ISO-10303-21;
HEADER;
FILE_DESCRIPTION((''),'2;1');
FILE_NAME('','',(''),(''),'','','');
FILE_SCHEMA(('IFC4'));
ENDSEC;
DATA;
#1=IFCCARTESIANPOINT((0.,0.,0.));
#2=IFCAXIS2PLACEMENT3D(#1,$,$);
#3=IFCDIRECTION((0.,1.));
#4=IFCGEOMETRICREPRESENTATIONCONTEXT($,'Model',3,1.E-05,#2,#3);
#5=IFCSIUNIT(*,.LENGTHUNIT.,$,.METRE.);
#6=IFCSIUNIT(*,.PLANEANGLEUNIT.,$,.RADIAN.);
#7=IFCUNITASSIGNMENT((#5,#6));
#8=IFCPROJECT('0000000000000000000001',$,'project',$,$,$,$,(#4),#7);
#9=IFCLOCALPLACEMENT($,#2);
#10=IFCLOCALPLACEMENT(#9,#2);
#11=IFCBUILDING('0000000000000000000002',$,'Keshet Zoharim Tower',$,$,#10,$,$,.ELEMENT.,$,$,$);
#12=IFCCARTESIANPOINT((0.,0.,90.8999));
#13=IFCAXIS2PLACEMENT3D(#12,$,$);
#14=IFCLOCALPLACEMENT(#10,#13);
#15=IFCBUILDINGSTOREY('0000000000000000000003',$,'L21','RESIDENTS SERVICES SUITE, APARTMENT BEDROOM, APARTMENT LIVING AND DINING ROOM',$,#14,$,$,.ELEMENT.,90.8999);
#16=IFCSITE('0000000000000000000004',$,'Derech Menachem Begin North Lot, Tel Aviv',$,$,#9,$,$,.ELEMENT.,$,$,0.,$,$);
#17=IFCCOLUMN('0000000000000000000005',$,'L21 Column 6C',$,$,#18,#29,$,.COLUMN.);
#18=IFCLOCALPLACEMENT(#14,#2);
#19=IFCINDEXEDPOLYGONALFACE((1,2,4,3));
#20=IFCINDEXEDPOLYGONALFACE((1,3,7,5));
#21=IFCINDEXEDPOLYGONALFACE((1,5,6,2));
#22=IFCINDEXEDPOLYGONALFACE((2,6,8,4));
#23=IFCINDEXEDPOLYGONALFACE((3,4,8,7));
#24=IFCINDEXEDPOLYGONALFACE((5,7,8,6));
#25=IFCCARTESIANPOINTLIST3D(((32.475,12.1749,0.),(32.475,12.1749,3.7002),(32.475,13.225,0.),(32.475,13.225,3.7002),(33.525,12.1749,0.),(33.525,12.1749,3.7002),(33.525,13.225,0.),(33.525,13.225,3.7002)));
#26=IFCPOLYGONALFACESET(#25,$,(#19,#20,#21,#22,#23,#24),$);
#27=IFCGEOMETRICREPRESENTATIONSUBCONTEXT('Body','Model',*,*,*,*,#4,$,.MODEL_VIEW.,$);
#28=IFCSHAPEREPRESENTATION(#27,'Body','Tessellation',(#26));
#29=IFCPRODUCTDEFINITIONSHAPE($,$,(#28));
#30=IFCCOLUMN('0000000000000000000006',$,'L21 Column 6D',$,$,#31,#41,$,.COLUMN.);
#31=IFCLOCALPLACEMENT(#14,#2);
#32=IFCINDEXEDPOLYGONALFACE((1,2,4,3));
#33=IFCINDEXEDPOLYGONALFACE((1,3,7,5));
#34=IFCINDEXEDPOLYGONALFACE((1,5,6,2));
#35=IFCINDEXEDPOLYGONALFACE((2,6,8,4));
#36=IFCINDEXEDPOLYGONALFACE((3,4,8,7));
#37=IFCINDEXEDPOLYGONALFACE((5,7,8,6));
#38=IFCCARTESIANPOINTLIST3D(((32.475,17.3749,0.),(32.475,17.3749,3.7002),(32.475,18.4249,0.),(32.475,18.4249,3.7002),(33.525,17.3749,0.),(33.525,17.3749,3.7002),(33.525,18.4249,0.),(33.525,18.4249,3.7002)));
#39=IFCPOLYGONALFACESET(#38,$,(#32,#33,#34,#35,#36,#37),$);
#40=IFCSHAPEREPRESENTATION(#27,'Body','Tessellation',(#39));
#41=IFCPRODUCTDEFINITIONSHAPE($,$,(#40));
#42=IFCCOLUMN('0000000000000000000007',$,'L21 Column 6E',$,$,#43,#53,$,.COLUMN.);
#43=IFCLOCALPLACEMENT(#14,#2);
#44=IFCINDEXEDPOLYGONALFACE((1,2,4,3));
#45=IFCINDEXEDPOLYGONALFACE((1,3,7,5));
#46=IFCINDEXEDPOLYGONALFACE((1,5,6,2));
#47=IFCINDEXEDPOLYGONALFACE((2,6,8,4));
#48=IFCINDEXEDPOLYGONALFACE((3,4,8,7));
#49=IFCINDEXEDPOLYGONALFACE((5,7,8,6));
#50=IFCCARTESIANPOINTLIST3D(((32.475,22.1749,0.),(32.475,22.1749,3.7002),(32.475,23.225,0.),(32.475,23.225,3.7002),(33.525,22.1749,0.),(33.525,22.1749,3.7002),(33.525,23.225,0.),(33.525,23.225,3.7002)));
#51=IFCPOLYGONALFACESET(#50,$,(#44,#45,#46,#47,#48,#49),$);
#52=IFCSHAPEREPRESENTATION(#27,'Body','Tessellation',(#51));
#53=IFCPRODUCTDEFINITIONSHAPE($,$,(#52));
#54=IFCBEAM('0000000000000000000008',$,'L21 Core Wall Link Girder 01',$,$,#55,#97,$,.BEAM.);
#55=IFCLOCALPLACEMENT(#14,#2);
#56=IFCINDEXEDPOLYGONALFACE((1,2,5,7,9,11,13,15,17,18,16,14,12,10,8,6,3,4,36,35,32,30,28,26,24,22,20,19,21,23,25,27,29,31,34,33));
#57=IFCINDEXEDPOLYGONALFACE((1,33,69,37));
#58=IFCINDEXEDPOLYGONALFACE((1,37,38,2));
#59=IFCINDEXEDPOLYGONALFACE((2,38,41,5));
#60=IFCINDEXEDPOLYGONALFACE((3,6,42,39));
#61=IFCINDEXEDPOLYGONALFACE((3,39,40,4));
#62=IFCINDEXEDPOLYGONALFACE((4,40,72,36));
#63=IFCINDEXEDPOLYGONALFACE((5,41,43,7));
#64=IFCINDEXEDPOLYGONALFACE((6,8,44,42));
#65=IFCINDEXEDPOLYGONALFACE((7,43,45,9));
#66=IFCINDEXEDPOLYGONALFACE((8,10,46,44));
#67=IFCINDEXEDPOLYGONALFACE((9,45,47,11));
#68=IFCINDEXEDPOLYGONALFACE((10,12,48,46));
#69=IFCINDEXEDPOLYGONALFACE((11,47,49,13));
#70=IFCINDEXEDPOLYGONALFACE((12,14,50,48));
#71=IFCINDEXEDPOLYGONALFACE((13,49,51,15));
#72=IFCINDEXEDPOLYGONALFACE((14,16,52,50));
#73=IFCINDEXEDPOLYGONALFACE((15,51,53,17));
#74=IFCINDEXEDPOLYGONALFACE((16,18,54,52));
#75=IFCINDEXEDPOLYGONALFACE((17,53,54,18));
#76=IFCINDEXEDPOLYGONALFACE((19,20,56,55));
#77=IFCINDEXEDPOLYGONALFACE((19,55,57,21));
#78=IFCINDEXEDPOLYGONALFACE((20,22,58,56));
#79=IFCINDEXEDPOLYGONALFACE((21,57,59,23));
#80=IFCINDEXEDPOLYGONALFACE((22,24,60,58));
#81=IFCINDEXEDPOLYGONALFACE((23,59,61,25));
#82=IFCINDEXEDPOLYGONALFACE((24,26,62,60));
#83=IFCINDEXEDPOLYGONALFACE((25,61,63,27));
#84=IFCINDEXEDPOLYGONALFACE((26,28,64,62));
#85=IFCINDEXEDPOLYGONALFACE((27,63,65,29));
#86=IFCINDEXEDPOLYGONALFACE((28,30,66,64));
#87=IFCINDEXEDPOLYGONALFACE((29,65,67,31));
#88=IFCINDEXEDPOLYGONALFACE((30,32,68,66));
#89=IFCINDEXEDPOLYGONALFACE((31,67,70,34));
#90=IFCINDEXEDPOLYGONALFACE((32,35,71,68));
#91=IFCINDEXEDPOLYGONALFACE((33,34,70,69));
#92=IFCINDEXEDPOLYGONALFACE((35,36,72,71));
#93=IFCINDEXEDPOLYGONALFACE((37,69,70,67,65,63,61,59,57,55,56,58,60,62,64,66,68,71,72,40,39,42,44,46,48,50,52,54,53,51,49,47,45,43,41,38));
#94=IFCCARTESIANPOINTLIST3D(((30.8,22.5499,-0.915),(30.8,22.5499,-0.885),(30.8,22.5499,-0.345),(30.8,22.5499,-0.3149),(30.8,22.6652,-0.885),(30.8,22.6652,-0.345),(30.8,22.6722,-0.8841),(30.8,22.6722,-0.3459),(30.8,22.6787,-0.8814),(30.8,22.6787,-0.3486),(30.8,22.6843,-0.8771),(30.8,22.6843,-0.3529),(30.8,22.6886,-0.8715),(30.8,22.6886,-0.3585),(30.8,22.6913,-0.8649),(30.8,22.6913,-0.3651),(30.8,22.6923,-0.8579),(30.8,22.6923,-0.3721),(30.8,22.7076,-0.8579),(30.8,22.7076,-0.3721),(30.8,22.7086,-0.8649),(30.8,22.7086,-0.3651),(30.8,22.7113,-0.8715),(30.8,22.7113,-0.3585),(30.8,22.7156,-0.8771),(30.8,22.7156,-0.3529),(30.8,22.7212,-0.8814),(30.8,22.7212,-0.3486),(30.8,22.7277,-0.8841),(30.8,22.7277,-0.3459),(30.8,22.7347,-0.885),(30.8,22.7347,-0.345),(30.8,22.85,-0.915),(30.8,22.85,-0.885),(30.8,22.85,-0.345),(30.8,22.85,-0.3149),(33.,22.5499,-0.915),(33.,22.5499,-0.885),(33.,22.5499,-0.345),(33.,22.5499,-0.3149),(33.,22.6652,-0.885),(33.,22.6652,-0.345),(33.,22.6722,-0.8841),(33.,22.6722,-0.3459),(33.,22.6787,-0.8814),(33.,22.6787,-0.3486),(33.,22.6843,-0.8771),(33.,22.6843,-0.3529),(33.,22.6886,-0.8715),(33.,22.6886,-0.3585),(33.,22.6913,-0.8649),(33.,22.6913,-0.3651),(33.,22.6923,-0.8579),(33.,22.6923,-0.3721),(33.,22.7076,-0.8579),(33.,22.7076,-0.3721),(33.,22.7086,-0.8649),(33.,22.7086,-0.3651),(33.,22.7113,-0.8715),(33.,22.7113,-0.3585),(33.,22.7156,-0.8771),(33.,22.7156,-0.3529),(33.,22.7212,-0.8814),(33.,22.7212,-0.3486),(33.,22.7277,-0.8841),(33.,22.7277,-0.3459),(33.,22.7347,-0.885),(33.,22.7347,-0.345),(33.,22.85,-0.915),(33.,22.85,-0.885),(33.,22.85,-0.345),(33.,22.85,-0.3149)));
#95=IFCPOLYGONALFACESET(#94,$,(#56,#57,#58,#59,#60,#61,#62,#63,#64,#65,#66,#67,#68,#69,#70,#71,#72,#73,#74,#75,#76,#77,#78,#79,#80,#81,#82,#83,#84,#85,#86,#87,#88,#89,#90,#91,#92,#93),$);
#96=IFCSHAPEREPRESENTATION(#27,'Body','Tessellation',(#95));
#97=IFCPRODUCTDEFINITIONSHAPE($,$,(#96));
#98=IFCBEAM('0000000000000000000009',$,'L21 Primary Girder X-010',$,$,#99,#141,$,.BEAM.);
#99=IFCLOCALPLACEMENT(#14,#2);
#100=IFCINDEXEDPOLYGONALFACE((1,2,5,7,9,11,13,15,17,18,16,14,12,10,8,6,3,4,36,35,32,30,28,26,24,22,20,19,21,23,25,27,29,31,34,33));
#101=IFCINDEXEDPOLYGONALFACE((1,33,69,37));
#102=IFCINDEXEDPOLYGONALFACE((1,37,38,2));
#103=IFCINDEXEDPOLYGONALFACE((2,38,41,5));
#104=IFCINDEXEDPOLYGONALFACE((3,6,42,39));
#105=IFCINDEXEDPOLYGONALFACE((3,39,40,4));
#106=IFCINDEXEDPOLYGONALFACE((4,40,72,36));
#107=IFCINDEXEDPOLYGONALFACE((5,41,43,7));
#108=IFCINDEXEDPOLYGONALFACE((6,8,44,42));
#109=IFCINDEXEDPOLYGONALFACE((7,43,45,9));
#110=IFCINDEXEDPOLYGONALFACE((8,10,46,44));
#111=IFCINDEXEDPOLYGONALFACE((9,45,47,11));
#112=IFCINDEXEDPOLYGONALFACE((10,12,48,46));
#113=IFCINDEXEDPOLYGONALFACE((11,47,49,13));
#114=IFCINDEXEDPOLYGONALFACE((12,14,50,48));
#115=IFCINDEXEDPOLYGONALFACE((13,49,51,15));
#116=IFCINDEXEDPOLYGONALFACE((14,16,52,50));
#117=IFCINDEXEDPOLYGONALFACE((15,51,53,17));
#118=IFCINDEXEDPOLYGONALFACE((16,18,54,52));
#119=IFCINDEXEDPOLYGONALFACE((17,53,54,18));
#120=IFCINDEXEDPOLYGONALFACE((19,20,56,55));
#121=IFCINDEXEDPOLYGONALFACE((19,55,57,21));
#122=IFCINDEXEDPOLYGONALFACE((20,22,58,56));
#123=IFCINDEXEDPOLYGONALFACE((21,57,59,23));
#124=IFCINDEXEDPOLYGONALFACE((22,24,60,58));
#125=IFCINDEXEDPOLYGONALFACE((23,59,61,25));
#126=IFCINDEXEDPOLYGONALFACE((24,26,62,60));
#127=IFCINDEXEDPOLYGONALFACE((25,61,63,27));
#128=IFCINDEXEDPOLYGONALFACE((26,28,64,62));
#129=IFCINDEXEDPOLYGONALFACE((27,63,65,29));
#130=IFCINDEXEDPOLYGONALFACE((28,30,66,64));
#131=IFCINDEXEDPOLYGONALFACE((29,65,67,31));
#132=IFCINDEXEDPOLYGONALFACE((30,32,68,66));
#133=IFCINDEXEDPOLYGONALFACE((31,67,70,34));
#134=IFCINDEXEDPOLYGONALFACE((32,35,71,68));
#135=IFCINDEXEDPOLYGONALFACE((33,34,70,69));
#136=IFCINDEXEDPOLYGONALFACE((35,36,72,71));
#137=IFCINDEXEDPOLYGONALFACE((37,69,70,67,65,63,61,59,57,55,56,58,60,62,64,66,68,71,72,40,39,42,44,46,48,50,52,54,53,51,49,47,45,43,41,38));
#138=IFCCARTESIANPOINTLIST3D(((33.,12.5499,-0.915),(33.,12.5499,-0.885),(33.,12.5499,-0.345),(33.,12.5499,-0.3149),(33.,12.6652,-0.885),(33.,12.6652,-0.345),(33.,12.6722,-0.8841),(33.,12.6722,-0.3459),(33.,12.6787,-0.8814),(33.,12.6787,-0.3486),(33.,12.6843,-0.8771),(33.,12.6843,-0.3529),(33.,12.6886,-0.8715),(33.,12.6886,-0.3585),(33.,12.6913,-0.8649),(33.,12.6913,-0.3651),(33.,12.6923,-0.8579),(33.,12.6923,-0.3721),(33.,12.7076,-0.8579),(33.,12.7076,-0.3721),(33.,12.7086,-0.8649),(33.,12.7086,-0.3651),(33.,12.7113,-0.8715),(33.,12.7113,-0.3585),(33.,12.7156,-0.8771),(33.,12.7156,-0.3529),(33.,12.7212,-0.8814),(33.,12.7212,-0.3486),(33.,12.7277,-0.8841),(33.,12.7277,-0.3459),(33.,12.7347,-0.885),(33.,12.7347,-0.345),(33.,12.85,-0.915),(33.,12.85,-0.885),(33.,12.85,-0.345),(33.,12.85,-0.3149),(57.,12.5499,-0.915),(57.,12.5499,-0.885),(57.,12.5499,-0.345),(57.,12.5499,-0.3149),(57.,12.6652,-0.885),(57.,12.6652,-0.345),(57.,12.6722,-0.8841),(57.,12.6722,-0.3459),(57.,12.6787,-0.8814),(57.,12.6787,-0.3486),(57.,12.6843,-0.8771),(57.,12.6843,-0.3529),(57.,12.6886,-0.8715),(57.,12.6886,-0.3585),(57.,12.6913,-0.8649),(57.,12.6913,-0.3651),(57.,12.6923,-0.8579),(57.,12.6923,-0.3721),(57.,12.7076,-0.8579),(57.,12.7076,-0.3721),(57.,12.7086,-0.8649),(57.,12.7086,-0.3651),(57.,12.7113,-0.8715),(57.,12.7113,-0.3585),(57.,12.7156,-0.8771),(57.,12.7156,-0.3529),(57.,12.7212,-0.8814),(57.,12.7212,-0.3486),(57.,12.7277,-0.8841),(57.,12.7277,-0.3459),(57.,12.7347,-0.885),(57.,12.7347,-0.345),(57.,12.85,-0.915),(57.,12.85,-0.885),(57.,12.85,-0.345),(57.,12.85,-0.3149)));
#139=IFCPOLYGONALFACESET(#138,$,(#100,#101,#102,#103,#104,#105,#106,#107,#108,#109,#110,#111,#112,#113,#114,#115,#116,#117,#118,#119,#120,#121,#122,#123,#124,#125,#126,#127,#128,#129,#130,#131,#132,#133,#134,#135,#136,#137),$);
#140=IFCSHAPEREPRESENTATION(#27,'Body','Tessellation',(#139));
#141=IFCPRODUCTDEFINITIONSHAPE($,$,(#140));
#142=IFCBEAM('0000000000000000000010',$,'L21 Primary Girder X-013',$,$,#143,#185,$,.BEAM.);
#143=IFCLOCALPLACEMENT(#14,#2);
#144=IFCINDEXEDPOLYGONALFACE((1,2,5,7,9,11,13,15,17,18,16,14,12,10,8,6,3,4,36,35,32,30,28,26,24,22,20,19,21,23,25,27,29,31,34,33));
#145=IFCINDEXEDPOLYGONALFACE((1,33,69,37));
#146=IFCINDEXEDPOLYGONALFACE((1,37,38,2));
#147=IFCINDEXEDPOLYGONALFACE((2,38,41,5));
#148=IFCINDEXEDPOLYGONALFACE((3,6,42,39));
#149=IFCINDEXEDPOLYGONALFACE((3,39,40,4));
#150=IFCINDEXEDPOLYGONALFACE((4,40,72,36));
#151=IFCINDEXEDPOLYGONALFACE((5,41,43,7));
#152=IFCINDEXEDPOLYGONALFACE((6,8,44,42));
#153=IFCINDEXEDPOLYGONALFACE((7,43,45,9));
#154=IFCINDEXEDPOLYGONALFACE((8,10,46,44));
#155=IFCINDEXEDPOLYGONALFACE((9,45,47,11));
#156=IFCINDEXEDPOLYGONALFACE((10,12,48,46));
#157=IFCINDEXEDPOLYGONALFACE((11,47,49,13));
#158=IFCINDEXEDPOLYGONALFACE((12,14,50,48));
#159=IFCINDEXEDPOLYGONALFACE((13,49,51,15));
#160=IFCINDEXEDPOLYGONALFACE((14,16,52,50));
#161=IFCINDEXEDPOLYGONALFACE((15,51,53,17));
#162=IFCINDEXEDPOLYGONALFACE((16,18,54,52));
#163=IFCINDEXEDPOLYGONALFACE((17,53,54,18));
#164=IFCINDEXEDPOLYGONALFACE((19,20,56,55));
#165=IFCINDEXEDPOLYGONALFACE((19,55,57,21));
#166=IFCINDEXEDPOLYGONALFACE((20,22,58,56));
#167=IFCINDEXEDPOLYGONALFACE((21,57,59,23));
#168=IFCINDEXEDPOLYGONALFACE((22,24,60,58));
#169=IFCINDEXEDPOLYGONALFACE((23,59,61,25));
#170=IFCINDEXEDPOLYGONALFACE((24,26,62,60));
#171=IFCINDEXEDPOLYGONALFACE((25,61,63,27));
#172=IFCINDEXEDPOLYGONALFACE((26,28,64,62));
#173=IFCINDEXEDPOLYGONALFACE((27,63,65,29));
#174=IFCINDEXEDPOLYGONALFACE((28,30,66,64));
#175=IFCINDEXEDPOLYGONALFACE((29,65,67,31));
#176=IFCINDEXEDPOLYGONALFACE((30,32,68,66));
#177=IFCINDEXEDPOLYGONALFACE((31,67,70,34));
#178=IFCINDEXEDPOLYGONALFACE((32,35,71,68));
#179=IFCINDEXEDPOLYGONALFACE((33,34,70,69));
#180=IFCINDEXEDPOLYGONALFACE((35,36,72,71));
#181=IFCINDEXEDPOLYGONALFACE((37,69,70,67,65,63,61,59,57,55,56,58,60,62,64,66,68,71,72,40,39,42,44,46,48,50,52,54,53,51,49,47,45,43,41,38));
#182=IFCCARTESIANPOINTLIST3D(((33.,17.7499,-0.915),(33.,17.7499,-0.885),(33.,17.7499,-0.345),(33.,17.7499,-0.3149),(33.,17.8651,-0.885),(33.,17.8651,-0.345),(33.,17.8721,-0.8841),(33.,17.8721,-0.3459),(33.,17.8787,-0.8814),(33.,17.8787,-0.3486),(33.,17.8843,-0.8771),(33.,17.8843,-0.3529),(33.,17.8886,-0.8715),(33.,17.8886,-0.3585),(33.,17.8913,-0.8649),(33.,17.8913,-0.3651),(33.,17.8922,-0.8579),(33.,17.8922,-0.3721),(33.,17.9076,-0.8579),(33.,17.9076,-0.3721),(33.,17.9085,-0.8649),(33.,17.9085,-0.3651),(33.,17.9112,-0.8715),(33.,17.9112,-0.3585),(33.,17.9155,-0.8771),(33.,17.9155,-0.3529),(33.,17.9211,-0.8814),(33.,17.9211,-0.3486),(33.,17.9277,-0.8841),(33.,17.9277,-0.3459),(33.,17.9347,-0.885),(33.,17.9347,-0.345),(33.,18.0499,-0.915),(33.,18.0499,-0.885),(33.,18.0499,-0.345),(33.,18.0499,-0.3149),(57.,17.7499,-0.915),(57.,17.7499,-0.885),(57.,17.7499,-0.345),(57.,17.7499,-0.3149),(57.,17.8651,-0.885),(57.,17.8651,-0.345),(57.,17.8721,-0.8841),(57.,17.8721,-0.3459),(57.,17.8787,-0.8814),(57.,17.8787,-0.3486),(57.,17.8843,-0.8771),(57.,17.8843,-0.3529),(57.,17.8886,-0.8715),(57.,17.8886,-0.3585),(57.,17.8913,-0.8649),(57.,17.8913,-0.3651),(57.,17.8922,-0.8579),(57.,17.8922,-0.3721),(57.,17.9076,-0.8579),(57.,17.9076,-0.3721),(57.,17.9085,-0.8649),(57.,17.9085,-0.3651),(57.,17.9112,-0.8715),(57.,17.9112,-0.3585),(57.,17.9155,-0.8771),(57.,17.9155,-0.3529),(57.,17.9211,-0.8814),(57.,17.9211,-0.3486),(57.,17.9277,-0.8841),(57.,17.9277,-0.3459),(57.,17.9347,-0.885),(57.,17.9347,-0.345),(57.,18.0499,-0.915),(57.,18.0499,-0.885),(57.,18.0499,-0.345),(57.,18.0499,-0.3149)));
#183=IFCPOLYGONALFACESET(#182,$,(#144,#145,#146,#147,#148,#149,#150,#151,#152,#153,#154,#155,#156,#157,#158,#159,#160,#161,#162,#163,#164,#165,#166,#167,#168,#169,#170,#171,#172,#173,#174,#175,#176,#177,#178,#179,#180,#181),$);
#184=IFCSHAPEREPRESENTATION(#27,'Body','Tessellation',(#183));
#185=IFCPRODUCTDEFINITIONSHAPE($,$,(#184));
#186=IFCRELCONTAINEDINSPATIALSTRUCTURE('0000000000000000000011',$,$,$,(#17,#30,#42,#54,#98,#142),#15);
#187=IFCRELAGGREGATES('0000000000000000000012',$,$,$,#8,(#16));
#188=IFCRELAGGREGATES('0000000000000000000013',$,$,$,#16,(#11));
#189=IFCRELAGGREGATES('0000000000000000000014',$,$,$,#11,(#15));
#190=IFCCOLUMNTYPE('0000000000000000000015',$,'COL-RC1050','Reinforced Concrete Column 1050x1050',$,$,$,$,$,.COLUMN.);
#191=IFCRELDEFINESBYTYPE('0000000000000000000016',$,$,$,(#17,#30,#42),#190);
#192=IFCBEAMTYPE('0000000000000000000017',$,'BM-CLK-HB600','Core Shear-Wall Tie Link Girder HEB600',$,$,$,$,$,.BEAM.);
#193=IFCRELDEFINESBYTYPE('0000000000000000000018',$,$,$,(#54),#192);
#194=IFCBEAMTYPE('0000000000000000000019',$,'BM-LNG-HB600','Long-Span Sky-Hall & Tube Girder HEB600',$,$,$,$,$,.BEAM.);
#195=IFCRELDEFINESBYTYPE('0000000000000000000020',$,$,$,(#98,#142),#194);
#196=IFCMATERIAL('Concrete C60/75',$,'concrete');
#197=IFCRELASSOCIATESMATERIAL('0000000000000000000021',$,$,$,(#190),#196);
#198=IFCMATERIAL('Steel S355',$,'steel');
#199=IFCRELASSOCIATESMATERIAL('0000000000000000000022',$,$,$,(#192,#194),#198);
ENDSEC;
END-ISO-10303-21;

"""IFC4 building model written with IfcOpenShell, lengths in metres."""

from ifc_helpers import new_model, si_unit, direction, frame, origin, origin_2d, place, context, subcontext, project, spatial, rectangle, i_section, extrude, material, material_profile, profile_set, type_object, element, save


model = new_model("IFC4")

# Units and contexts
model_context = context("Model", 3, precision=1e-05, world=origin(), true_north=direction((0.0, 1.0)))
body_context = subcontext(model_context, "Body", "Model", "MODEL_VIEW")
ifc_project = project(units=[si_unit("LENGTHUNIT", "METRE"), si_unit("PLANEANGLEUNIT", "RADIAN")], contexts=[model_context])

# Site, building, storey
site_placement = place(None, origin())
site = spatial("IfcSite", under=ifc_project, at=site_placement, Name="Derech Menachem Begin North Lot, Tel Aviv", CompositionType="ELEMENT", RefElevation=0.0)
building_placement = place(site_placement, origin())
building = spatial("IfcBuilding", under=site, at=building_placement, Name="Keshet Zoharim Tower", CompositionType="ELEMENT")
storey_placement = place(building_placement, frame((0.0, 0.0, 90.8999)))
storey = spatial("IfcBuildingStorey", under=building, at=storey_placement, Name="L21", Description="RESIDENTS SERVICES SUITE, APARTMENT BEDROOM, APARTMENT LIVING AND DINING ROOM", CompositionType="ELEMENT", Elevation=90.8999)

# Columns
ifc_material_1 = material(Name="Concrete C60/75", Category="concrete")
ifc_material_profile_1 = material_profile(ifc_material_1, rectangle(XDim=1.05, YDim=1.05, at=origin_2d()), Name="RC1050x1050")
ifc_profile_set_1 = profile_set([ifc_material_profile_1], Name="Concrete C60/75")
column_type = type_object("IfcColumnType", Name="COL-RC1050", Description="Reinforced Concrete Column 1050x1050", PredefinedType="COLUMN", material=ifc_profile_set_1)
for number, where, z_axis, x_axis, name in (
    (1, (33.0, 12.7, 0.0), (0.0, 0.0, 1.0), (1.0, 0.0, 0.0), "L21 Column 6C"),
    (2, (33.0, 17.8999, 0.0), (0.0, 0.0, 1.0), (1.0, 0.0, 0.0), "L21 Column 6D"),
    (3, (33.0, 22.7, 0.0), (0.0, 0.0, 1.0), (1.0, 0.0, 0.0), "L21 Column 6E"),
):
    element("IfcColumn", number, at=place(storey_placement, frame(where, z_axis=z_axis, x_axis=x_axis)), inside=storey, type_object=column_type, Name=name, PredefinedType="COLUMN", context=body_context, shape_type="SweptSolid", body=[
        extrude(rectangle(XDim=1.05, YDim=1.05, at=origin_2d()), origin(), (0.0, 0.0, 1.0), 3.7002),
    ])

# Beams
ifc_material_2 = material(Name="Steel S355", Category="steel")
ifc_material_profile_2 = material_profile(ifc_material_2, i_section(OverallWidth=0.3, OverallDepth=0.6001, WebThickness=0.0154, FlangeThickness=0.03, FilletRadius=0.0271, at=origin_2d()), Name="HEB600")
ifc_profile_set_2 = profile_set([ifc_material_profile_2], Name="Steel S355")
beam_type_1 = type_object("IfcBeamType", Name="BM-CLK-HB600", Description="Core Shear-Wall Tie Link Girder HEB600", PredefinedType="BEAM", material=ifc_profile_set_2)
beam_1_placement = place(storey_placement, frame((30.8, 22.7, -0.615), z_axis=(1.0, 0.0, 0.0), x_axis=(0.0, 1.0, 0.0)))
element("IfcBeam", 4, at=beam_1_placement, inside=storey, type_object=beam_type_1, Name="L21 Core Wall Link Girder 01", PredefinedType="BEAM", context=body_context, shape_type="SweptSolid", body=[
    extrude(i_section(OverallWidth=0.3, OverallDepth=0.6001, WebThickness=0.0154, FlangeThickness=0.03, FilletRadius=0.0271, at=origin_2d()), origin(), (0.0, 0.0, 1.0), 2.2),
])
ifc_material_profile_3 = material_profile(ifc_material_2, i_section(OverallWidth=0.3, OverallDepth=0.6001, WebThickness=0.0154, FlangeThickness=0.03, FilletRadius=0.0271, at=origin_2d()), Name="HEB600")
ifc_profile_set_3 = profile_set([ifc_material_profile_3], Name="Steel S355")
beam_type_2 = type_object("IfcBeamType", Name="BM-LNG-HB600", Description="Long-Span Sky-Hall & Tube Girder HEB600", PredefinedType="BEAM", material=ifc_profile_set_3)
for number, where, z_axis, x_axis, name in (
    (5, (33.0, 12.7, -0.615), (1.0, 0.0, 0.0), (0.0, 1.0, 0.0), "L21 Primary Girder X-010"),
    (6, (33.0, 17.8999, -0.615), (1.0, 0.0, 0.0), (0.0, 1.0, 0.0), "L21 Primary Girder X-013"),
):
    element("IfcBeam", number, at=place(storey_placement, frame(where, z_axis=z_axis, x_axis=x_axis)), inside=storey, type_object=beam_type_2, Name=name, PredefinedType="BEAM", context=body_context, shape_type="SweptSolid", body=[
        extrude(i_section(OverallWidth=0.3, OverallDepth=0.6001, WebThickness=0.0154, FlangeThickness=0.03, FilletRadius=0.0271, at=origin_2d()), origin(), (0.0, 0.0, 1.0), 24.0),
    ])

save(model, "model.ifc")
